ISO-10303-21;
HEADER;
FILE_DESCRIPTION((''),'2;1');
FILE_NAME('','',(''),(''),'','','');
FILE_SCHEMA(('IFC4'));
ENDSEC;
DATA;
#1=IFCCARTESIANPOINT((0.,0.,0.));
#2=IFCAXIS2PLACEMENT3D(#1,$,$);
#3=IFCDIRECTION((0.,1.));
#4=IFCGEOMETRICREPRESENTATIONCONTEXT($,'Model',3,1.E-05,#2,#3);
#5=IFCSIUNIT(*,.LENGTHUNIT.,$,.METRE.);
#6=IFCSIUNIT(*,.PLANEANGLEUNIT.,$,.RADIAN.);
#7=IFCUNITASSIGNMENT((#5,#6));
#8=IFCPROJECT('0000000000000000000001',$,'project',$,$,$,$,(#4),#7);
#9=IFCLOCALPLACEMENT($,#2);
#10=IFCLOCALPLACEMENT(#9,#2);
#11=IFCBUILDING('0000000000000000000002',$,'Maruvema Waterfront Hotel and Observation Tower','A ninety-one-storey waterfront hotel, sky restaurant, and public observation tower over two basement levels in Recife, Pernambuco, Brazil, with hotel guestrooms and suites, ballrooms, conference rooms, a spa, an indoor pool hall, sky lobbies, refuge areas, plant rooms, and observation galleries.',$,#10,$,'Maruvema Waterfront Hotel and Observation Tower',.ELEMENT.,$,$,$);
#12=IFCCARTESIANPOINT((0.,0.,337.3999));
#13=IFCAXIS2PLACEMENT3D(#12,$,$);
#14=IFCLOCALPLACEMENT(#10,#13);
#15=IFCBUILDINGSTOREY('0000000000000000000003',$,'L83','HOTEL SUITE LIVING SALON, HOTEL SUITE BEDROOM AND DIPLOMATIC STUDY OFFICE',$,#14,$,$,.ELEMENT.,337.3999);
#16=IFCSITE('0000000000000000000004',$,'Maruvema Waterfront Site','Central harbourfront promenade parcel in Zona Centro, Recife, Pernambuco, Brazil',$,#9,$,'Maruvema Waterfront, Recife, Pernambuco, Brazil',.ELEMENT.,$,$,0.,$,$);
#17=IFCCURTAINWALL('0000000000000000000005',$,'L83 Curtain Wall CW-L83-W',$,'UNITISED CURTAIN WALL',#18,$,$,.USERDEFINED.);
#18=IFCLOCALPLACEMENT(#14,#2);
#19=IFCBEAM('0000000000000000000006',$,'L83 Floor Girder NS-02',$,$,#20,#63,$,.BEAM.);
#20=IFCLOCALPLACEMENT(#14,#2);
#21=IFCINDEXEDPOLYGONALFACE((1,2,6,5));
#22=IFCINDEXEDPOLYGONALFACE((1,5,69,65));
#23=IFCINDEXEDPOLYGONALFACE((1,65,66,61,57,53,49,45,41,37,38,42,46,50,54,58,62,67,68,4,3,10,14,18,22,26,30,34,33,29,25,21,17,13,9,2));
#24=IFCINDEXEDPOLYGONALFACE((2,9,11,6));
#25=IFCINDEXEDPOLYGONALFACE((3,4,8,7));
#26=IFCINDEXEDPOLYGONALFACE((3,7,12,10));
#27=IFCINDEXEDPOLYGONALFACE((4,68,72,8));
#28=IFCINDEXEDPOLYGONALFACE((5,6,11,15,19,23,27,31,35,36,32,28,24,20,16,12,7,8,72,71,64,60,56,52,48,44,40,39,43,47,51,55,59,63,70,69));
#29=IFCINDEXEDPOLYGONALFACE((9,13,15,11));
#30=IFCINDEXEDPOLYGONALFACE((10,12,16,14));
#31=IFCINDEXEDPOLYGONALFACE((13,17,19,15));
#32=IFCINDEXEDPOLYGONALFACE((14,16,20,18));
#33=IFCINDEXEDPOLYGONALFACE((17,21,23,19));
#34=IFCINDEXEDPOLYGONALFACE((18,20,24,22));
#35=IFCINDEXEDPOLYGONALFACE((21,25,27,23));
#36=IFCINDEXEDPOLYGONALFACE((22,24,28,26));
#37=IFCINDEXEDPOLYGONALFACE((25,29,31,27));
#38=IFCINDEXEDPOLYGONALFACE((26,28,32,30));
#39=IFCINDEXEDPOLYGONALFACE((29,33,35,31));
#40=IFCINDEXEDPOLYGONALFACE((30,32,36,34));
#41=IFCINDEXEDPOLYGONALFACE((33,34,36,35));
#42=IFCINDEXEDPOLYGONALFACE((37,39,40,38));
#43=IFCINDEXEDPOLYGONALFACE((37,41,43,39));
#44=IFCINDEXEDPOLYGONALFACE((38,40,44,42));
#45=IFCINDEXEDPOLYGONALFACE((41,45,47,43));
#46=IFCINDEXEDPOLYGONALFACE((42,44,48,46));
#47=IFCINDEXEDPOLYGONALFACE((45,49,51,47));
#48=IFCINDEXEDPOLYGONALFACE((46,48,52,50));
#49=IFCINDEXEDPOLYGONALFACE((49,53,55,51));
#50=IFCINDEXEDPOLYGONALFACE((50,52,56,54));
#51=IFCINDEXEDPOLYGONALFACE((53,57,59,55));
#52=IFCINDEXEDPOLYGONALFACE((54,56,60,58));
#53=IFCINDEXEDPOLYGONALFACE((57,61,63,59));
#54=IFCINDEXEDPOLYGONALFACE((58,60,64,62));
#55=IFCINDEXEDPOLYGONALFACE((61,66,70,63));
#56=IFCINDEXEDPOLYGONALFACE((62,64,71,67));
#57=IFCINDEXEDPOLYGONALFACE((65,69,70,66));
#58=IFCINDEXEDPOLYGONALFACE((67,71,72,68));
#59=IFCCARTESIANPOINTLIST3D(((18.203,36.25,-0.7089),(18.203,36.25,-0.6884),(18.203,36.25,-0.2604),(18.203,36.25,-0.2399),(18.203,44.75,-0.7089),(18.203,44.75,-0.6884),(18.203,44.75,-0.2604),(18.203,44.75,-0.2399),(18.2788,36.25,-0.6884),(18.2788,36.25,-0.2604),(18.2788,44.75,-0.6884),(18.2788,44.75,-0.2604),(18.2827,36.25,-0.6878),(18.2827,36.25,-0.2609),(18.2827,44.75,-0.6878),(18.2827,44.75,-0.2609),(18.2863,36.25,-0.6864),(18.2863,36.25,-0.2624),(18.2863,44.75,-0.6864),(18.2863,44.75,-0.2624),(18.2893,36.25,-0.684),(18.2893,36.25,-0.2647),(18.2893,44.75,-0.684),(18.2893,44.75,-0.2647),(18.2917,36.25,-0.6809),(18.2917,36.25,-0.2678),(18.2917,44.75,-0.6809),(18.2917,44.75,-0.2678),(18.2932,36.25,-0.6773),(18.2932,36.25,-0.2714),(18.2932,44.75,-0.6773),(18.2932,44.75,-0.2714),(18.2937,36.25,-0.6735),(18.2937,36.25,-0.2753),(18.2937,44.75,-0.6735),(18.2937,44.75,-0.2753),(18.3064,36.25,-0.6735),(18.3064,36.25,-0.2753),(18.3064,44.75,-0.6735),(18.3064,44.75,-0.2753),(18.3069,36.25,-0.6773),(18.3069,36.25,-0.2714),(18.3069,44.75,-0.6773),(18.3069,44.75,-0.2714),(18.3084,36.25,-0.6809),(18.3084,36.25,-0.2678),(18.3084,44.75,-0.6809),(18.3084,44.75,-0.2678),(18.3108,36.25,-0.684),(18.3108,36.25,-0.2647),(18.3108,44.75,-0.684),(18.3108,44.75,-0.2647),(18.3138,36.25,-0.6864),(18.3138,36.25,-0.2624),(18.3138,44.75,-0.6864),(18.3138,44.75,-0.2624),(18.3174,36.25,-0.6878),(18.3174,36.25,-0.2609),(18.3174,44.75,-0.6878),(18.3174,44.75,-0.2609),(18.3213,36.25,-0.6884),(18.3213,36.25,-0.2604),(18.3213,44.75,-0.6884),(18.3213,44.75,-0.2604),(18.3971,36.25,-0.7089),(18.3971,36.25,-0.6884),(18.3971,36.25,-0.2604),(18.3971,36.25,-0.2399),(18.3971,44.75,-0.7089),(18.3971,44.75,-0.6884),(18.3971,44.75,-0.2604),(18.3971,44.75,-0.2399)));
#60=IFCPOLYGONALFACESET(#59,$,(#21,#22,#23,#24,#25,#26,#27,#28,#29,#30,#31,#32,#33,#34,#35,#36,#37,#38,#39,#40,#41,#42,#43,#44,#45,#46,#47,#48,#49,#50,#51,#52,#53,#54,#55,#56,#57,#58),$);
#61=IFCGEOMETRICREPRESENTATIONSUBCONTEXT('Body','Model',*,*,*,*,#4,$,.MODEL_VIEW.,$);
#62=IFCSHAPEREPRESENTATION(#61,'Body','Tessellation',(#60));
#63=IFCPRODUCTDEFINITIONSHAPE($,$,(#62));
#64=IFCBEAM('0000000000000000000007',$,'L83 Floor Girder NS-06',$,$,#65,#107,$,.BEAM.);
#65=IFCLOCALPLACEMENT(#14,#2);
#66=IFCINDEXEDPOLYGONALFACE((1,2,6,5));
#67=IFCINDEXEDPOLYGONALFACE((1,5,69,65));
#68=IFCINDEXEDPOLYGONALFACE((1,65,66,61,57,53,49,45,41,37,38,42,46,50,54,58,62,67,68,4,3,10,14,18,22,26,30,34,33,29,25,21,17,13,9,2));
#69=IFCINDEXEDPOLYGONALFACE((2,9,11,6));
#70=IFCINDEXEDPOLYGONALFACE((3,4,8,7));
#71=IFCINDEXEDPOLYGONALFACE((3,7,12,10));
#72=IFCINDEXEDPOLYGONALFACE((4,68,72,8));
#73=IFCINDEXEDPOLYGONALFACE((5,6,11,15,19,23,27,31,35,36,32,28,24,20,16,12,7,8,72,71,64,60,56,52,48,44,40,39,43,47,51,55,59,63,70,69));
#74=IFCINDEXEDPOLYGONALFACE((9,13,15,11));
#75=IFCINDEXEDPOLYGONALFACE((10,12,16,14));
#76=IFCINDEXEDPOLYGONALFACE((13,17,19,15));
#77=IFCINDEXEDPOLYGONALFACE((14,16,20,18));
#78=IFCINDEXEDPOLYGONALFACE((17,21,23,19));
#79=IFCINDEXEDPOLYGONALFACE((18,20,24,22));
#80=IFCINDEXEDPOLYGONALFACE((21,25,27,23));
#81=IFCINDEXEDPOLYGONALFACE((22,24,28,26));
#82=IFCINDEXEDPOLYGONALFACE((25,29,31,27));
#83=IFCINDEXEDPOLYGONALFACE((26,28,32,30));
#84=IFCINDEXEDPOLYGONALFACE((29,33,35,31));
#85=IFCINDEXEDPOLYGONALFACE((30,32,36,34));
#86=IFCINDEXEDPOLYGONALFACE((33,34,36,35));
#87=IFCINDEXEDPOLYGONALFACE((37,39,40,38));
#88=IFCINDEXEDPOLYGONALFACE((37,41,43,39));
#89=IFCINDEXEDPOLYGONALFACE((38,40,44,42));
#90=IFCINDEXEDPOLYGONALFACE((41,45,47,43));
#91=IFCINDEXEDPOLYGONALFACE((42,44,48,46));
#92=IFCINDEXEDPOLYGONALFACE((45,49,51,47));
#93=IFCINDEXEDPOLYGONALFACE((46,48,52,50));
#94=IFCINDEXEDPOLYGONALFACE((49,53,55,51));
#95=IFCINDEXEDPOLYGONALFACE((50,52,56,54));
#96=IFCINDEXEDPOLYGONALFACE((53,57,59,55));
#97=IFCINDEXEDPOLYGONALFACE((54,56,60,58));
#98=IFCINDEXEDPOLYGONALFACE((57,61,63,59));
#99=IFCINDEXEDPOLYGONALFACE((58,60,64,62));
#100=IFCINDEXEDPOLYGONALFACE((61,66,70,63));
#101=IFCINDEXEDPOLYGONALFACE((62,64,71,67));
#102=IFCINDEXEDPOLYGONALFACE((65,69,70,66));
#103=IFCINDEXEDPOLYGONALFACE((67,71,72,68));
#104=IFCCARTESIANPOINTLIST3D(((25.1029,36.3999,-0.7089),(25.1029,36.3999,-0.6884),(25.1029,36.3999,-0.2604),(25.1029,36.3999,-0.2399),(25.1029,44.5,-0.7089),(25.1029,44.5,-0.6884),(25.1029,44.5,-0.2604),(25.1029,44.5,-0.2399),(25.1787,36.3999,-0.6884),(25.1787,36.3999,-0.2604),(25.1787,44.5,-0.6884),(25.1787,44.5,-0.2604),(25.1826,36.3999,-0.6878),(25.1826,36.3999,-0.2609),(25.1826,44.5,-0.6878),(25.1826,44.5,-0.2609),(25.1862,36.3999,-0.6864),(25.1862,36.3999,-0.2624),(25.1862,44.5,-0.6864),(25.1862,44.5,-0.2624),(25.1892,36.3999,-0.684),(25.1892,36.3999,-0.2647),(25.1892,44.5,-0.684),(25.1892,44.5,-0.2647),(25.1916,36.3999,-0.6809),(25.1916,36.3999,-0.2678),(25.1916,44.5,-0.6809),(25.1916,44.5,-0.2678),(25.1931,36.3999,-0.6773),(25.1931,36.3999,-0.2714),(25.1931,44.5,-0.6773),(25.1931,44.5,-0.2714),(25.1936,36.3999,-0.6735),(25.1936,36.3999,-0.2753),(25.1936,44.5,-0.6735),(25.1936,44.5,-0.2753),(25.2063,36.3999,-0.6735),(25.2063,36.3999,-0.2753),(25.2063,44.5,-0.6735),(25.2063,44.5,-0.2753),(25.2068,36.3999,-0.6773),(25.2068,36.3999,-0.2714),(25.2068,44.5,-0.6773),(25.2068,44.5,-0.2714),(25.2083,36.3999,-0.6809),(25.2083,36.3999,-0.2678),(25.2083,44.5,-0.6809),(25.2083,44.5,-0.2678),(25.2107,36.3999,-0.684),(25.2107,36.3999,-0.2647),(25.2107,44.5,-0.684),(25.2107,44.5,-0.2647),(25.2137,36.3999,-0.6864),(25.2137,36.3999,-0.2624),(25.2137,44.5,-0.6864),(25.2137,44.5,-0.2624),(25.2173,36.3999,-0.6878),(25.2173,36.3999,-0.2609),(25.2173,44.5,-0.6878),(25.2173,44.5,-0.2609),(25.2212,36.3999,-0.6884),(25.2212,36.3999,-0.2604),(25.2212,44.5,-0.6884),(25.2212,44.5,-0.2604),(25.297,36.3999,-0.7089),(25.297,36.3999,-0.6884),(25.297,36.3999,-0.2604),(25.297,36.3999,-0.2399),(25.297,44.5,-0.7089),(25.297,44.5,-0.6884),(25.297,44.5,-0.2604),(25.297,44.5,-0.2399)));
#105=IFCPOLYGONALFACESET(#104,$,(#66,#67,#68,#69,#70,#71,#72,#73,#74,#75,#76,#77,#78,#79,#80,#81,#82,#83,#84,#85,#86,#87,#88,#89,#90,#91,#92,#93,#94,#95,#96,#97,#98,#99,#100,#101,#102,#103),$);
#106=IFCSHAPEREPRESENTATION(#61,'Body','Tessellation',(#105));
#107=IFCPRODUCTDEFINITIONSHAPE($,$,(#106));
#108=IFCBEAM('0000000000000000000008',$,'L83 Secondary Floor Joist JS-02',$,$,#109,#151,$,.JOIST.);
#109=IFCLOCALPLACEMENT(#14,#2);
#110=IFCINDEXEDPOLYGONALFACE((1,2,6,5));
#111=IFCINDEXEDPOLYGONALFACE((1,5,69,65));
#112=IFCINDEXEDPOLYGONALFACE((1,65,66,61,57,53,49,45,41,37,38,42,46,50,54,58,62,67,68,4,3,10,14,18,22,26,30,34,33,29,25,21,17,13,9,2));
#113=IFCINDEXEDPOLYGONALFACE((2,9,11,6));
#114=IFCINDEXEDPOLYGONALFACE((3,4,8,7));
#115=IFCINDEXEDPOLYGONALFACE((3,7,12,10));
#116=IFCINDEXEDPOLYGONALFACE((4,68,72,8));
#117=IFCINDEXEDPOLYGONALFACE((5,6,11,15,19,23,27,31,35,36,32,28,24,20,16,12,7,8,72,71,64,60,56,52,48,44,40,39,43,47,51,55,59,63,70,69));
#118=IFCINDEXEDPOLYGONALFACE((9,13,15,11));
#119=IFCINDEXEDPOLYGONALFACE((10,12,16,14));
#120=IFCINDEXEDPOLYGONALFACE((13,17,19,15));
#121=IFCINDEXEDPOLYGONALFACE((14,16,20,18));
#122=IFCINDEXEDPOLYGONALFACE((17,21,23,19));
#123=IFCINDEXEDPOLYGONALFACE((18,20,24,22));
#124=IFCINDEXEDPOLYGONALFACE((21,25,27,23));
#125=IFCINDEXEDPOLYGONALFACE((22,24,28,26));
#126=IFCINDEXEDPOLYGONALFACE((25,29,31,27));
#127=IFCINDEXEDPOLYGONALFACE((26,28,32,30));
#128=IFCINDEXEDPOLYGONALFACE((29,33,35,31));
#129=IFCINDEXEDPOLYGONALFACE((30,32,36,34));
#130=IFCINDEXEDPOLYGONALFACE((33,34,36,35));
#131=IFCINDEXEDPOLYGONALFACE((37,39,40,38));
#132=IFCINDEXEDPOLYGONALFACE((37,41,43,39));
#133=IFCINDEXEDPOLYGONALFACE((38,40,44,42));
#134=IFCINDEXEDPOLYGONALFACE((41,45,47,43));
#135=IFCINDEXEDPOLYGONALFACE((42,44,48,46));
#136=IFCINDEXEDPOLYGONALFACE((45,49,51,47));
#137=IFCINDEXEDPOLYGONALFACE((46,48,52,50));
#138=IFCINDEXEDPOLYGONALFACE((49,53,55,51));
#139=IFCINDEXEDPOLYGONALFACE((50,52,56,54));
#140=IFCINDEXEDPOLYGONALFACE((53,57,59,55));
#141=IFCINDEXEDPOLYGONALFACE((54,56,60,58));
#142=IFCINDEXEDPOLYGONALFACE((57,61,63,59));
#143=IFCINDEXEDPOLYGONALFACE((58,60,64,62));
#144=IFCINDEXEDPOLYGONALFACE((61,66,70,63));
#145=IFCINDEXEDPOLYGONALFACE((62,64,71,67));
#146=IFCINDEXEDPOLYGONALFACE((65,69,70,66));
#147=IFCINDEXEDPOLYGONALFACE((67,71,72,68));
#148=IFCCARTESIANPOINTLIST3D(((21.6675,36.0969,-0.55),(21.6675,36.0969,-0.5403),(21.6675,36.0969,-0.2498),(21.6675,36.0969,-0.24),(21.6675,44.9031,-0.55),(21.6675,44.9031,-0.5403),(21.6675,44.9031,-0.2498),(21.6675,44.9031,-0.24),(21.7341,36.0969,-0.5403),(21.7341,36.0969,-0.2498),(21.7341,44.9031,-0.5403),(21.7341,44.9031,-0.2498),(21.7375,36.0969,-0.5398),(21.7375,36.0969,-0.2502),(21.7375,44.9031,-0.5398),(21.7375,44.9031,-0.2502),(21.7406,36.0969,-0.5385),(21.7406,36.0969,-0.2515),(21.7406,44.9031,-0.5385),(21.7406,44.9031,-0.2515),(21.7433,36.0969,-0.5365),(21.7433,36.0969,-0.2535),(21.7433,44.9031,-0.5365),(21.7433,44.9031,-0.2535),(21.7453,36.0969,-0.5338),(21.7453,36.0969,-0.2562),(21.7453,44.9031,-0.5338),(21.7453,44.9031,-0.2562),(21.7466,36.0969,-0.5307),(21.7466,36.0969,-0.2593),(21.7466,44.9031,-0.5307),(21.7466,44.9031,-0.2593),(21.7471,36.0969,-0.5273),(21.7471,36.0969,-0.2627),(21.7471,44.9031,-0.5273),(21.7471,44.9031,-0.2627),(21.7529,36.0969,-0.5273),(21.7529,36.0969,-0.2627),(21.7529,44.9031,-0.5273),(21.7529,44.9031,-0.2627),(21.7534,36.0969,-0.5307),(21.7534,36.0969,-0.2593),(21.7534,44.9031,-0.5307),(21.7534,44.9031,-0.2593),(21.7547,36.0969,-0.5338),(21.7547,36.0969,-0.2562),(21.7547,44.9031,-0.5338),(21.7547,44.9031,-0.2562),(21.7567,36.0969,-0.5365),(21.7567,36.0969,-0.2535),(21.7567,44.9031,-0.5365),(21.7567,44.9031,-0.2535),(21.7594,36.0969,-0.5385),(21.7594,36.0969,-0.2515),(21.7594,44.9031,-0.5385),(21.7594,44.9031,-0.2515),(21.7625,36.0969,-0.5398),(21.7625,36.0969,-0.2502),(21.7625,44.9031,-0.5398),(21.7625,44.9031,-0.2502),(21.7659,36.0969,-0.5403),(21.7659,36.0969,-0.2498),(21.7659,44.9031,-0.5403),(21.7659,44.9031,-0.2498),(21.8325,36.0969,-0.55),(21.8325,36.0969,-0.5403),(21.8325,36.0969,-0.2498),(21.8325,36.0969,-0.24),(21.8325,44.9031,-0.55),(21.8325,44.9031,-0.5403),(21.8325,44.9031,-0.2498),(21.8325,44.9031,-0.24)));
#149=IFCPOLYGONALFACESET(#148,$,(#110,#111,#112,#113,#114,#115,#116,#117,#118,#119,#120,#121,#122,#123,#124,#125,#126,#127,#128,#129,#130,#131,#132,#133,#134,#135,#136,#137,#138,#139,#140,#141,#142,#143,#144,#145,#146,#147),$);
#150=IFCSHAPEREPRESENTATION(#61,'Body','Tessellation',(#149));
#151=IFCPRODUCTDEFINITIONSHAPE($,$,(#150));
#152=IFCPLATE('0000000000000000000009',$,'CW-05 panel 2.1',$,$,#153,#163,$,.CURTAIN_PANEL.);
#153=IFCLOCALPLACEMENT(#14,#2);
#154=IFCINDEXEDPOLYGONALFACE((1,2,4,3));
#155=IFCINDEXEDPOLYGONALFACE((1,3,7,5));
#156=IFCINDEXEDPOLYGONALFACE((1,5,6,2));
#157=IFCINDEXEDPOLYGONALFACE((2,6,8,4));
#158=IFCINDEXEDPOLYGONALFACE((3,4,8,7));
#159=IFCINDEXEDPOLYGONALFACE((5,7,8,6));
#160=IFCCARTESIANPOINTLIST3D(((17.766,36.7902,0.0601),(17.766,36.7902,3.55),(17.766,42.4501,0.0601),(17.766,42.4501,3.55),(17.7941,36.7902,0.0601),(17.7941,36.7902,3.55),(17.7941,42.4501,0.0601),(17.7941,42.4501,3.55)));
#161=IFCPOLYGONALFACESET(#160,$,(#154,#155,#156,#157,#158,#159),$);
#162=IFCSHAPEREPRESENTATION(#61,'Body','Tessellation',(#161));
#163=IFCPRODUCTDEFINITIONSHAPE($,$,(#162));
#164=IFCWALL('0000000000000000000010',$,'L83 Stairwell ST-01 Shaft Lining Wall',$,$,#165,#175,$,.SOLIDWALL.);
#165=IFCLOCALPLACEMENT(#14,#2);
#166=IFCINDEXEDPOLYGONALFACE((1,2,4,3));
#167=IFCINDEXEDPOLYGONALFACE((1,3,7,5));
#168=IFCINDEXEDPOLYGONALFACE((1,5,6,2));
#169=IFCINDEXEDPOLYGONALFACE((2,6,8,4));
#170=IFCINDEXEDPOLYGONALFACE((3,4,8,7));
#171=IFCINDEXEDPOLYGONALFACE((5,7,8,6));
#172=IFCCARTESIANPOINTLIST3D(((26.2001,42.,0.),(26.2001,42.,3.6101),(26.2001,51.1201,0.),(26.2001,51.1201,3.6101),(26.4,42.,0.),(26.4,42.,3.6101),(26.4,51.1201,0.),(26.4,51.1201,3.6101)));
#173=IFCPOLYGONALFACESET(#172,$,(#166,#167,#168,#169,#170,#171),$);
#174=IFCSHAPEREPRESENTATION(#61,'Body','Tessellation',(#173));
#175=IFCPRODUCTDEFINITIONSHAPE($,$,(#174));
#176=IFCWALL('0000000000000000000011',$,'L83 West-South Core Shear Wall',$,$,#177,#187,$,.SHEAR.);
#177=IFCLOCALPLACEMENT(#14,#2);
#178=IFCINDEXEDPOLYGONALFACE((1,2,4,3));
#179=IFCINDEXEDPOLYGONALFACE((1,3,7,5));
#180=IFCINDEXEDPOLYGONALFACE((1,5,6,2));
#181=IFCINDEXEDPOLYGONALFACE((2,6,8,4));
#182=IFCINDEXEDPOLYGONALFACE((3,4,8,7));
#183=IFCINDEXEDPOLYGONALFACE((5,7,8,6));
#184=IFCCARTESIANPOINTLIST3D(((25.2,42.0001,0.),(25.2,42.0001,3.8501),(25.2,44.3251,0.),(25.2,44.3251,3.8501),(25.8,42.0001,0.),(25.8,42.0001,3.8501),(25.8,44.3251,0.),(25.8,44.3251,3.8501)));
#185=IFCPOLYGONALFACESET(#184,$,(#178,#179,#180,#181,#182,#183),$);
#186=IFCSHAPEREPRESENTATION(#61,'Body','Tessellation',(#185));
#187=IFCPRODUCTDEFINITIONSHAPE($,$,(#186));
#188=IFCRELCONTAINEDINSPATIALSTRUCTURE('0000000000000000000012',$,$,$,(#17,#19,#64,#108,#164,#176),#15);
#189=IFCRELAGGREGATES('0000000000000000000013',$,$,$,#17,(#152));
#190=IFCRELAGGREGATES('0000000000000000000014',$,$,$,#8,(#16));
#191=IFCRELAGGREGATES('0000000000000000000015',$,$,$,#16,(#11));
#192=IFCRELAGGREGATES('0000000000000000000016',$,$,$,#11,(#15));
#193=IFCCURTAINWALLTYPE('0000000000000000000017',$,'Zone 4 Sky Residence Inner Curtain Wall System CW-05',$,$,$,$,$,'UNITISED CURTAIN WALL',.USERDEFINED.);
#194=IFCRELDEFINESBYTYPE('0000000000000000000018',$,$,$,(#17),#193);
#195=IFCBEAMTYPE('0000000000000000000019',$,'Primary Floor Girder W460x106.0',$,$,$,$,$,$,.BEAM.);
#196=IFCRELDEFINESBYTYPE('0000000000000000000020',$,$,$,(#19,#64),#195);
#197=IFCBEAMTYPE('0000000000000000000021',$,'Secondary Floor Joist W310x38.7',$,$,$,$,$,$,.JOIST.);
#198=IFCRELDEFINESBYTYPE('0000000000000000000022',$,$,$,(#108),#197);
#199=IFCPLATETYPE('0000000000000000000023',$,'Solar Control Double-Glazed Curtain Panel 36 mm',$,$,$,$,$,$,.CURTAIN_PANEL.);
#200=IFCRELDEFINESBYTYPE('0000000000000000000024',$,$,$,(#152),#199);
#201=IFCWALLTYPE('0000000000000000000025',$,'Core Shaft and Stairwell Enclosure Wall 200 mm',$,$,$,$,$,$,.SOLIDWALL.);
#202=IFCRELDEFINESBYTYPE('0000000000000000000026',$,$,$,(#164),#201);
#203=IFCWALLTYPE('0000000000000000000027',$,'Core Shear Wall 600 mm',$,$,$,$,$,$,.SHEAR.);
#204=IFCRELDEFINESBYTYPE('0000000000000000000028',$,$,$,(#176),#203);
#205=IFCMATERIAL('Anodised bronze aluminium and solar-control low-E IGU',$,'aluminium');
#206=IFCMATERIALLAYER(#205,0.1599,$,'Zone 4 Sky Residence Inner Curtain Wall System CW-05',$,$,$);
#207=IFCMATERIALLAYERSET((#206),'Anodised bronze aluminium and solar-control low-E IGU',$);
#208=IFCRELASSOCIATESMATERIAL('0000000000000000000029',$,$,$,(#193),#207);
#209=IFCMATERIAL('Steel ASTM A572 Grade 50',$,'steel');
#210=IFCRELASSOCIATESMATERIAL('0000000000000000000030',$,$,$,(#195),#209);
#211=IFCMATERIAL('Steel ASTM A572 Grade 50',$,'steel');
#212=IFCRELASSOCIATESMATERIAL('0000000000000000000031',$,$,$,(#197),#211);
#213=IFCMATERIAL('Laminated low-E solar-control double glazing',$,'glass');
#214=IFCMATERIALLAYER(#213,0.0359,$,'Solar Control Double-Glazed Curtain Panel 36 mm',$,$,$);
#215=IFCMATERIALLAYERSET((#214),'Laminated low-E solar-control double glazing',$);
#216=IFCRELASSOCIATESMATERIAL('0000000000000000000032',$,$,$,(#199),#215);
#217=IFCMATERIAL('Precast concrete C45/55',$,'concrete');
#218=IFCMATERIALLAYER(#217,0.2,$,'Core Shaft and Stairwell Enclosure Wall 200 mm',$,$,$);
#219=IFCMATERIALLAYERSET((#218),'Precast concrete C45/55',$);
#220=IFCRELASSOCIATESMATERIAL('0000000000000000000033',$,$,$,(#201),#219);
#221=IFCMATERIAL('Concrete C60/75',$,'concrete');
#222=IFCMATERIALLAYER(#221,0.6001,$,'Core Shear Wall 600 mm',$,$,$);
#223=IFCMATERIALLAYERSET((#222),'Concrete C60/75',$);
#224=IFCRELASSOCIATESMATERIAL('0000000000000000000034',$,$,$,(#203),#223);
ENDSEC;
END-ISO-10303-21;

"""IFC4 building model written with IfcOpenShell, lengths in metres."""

from ifc_helpers import new_model, si_unit, direction, frame, frame_2d, origin, origin_2d, place, context, subcontext, project, spatial, rectangle, i_section, extrude, material, layer, layer_set, material_profile, profile_set, type_object, element, aggregate, save


model = new_model("IFC4")

# Units and contexts
model_context = context("Model", 3, precision=1e-05, world=origin(), true_north=direction((0.0, 1.0)))
body_context = subcontext(model_context, "Body", "Model", "MODEL_VIEW")
ifc_project = project(units=[si_unit("LENGTHUNIT", "METRE"), si_unit("PLANEANGLEUNIT", "RADIAN")], contexts=[model_context])

# Site, building, storey
site_placement = place(None, origin())
site = spatial("IfcSite", under=ifc_project, at=site_placement, Name="Maruvema Waterfront Site", Description="Central harbourfront promenade parcel in Zona Centro, Recife, Pernambuco, Brazil", LongName="Maruvema Waterfront, Recife, Pernambuco, Brazil", CompositionType="ELEMENT", RefElevation=0.0)
building_placement = place(site_placement, origin())
building = spatial("IfcBuilding", under=site, at=building_placement, Name="Maruvema Waterfront Hotel and Observation Tower", Description="A ninety-one-storey waterfront hotel, sky restaurant, and public observation tower over two basement levels in Recife, Pernambuco, Brazil, with hotel guestrooms and suites, ballrooms, conference rooms, a spa, an indoor pool hall, sky lobbies, refuge areas, plant rooms, and observation galleries.", LongName="Maruvema Waterfront Hotel and Observation Tower", CompositionType="ELEMENT")
storey_placement = place(building_placement, frame((0.0, 0.0, 337.3999)))
storey = spatial("IfcBuildingStorey", under=building, at=storey_placement, Name="L83", Description="HOTEL SUITE LIVING SALON, HOTEL SUITE BEDROOM AND DIPLOMATIC STUDY OFFICE", CompositionType="ELEMENT", Elevation=337.3999)

# Curtain wall
ifc_material_1 = material(Name="Anodised bronze aluminium and solar-control low-E IGU", Category="aluminium")
ifc_layer_1 = layer(ifc_material_1, 0.1599, Name="Zone 4 Sky Residence Inner Curtain Wall System CW-05")
ifc_layer_set_1 = layer_set([ifc_layer_1], Name="Anodised bronze aluminium and solar-control low-E IGU")
curtain_wall_type = type_object("IfcCurtainWallType", Name="Zone 4 Sky Residence Inner Curtain Wall System CW-05", ElementType="UNITISED CURTAIN WALL", PredefinedType="USERDEFINED", material=ifc_layer_set_1)
curtain_wall_placement = place(storey_placement, origin())
curtain_wall = element("IfcCurtainWall", 1, at=curtain_wall_placement, inside=storey, type_object=curtain_wall_type, Name="L83 Curtain Wall CW-L83-W", ObjectType="UNITISED CURTAIN WALL", PredefinedType="USERDEFINED")

# Beams
ifc_material_2 = material(Name="Steel ASTM A572 Grade 50", Category="steel")
ifc_material_profile_1 = material_profile(ifc_material_2, i_section(OverallWidth=0.1941, OverallDepth=0.469, WebThickness=0.0127, FlangeThickness=0.0205, FilletRadius=0.0149, at=origin_2d()), Name="W460x106.0")
ifc_profile_set_1 = profile_set([ifc_material_profile_1], Name="Steel ASTM A572 Grade 50")
beam_type_1 = type_object("IfcBeamType", Name="Primary Floor Girder W460x106.0", PredefinedType="BEAM", material=ifc_profile_set_1)
beam_1_placement = place(storey_placement, frame((18.3, 36.25, -0.4744), z_axis=(0.0, 1.0, 0.0), x_axis=(-1.0, 0.0, 0.0)))
element("IfcBeam", 2, at=beam_1_placement, inside=storey, type_object=beam_type_1, Name="L83 Floor Girder NS-02", PredefinedType="BEAM", context=body_context, shape_type="SweptSolid", body=[
    extrude(i_section(OverallWidth=0.1941, OverallDepth=0.469, WebThickness=0.0127, FlangeThickness=0.0205, FilletRadius=0.0149, at=origin_2d()), origin(), (0.0, 0.0, 1.0), 8.5),
])
beam_2_placement = place(storey_placement, frame((25.2, 36.3999, -0.4744), z_axis=(0.0, 1.0, 0.0), x_axis=(-1.0, 0.0, 0.0)))
element("IfcBeam", 3, at=beam_2_placement, inside=storey, type_object=beam_type_1, Name="L83 Floor Girder NS-06", PredefinedType="BEAM", context=body_context, shape_type="SweptSolid", body=[
    extrude(i_section(OverallWidth=0.1941, OverallDepth=0.469, WebThickness=0.0127, FlangeThickness=0.0205, FilletRadius=0.0149, at=origin_2d()), origin(), (0.0, 0.0, 1.0), 8.1001),
])
ifc_material_3 = material(Name="Steel ASTM A572 Grade 50", Category="steel")
ifc_material_profile_2 = material_profile(ifc_material_3, i_section(OverallWidth=0.165, OverallDepth=0.3101, WebThickness=0.0059, FlangeThickness=0.0098, FilletRadius=0.0129, at=origin_2d()), Name="W310x38.7")
ifc_profile_set_2 = profile_set([ifc_material_profile_2], Name="Steel ASTM A572 Grade 50")
beam_type_2 = type_object("IfcBeamType", Name="Secondary Floor Joist W310x38.7", PredefinedType="JOIST", material=ifc_profile_set_2)
beam_3_placement = place(storey_placement, frame((21.75, 36.0969, -0.395), z_axis=(0.0, 1.0, 0.0), x_axis=(-1.0, 0.0, 0.0)))
element("IfcBeam", 4, at=beam_3_placement, inside=storey, type_object=beam_type_2, Name="L83 Secondary Floor Joist JS-02", PredefinedType="JOIST", context=body_context, shape_type="SweptSolid", body=[
    extrude(i_section(OverallWidth=0.165, OverallDepth=0.3101, WebThickness=0.0059, FlangeThickness=0.0098, FilletRadius=0.0129, at=origin_2d()), origin(), (0.0, 0.0, 1.0), 8.8062),
])

# Plate
ifc_material_4 = material(Name="Laminated low-E solar-control double glazing", Category="glass")
ifc_layer_2 = layer(ifc_material_4, 0.0359, Name="Solar Control Double-Glazed Curtain Panel 36 mm")
ifc_layer_set_2 = layer_set([ifc_layer_2], Name="Laminated low-E solar-control double glazing")
plate_type = type_object("IfcPlateType", Name="Solar Control Double-Glazed Curtain Panel 36 mm", PredefinedType="CURTAIN_PANEL", material=ifc_layer_set_2)
plate_placement = place(storey_placement, frame((17.78, 39.6201, 0.0601), z_axis=(0.0, 0.0, 1.0), x_axis=(0.0, -1.0, 0.0)))
plate = element("IfcPlate", 5, at=plate_placement, type_object=plate_type, Name="CW-05 panel 2.1", PredefinedType="CURTAIN_PANEL", context=body_context, shape_type="SweptSolid", body=[
    extrude(rectangle(XDim=5.6599, YDim=0.0281, at=origin_2d()), origin(), (0.0, 0.0, 1.0), 3.49),
])
aggregate(curtain_wall, [plate])

# Wall
ifc_material_5 = material(Name="Precast concrete C45/55", Category="concrete")
ifc_layer_3 = layer(ifc_material_5, 0.2, Name="Core Shaft and Stairwell Enclosure Wall 200 mm")
ifc_layer_set_3 = layer_set([ifc_layer_3], Name="Precast concrete C45/55")
wall_type_1 = type_object("IfcWallType", Name="Core Shaft and Stairwell Enclosure Wall 200 mm", PredefinedType="SOLIDWALL", material=ifc_layer_set_3)
wall_1_placement = place(storey_placement, frame((26.3, 42.0, 0.0), z_axis=(0.0, 0.0, 1.0), x_axis=(0.0, 1.0, 0.0)))
element("IfcWall", 6, at=wall_1_placement, inside=storey, type_object=wall_type_1, Name="L83 Stairwell ST-01 Shaft Lining Wall", PredefinedType="SOLIDWALL", context=body_context, shape_type="SweptSolid", body=[
    extrude(rectangle(XDim=9.1201, YDim=0.2, at=frame_2d((4.5601, 0.0))), origin(), (0.0, 0.0, 1.0), 3.6101),
])

# Shared definitions
ifc_material_6 = material(Name="Concrete C60/75", Category="concrete")
ifc_layer_4 = layer(ifc_material_6, 0.6001, Name="Core Shear Wall 600 mm")
ifc_layer_set_4 = layer_set([ifc_layer_4], Name="Concrete C60/75")
wall_type_2 = type_object("IfcWallType", Name="Core Shear Wall 600 mm", PredefinedType="SHEAR", material=ifc_layer_set_4)

# Wall
wall_2_placement = place(storey_placement, frame((25.5, 42.0, 0.0), z_axis=(0.0, 0.0, 1.0), x_axis=(0.0, 1.0, 0.0)))
element("IfcWall", 7, at=wall_2_placement, inside=storey, type_object=wall_type_2, Name="L83 West-South Core Shear Wall", PredefinedType="SHEAR", context=body_context, shape_type="SweptSolid", body=[
    extrude(rectangle(XDim=2.325, YDim=0.6001, at=frame_2d((1.1626, 0.0))), origin(), (0.0, 0.0, 1.0), 3.8501),
])

save(model, "model.ifc")
